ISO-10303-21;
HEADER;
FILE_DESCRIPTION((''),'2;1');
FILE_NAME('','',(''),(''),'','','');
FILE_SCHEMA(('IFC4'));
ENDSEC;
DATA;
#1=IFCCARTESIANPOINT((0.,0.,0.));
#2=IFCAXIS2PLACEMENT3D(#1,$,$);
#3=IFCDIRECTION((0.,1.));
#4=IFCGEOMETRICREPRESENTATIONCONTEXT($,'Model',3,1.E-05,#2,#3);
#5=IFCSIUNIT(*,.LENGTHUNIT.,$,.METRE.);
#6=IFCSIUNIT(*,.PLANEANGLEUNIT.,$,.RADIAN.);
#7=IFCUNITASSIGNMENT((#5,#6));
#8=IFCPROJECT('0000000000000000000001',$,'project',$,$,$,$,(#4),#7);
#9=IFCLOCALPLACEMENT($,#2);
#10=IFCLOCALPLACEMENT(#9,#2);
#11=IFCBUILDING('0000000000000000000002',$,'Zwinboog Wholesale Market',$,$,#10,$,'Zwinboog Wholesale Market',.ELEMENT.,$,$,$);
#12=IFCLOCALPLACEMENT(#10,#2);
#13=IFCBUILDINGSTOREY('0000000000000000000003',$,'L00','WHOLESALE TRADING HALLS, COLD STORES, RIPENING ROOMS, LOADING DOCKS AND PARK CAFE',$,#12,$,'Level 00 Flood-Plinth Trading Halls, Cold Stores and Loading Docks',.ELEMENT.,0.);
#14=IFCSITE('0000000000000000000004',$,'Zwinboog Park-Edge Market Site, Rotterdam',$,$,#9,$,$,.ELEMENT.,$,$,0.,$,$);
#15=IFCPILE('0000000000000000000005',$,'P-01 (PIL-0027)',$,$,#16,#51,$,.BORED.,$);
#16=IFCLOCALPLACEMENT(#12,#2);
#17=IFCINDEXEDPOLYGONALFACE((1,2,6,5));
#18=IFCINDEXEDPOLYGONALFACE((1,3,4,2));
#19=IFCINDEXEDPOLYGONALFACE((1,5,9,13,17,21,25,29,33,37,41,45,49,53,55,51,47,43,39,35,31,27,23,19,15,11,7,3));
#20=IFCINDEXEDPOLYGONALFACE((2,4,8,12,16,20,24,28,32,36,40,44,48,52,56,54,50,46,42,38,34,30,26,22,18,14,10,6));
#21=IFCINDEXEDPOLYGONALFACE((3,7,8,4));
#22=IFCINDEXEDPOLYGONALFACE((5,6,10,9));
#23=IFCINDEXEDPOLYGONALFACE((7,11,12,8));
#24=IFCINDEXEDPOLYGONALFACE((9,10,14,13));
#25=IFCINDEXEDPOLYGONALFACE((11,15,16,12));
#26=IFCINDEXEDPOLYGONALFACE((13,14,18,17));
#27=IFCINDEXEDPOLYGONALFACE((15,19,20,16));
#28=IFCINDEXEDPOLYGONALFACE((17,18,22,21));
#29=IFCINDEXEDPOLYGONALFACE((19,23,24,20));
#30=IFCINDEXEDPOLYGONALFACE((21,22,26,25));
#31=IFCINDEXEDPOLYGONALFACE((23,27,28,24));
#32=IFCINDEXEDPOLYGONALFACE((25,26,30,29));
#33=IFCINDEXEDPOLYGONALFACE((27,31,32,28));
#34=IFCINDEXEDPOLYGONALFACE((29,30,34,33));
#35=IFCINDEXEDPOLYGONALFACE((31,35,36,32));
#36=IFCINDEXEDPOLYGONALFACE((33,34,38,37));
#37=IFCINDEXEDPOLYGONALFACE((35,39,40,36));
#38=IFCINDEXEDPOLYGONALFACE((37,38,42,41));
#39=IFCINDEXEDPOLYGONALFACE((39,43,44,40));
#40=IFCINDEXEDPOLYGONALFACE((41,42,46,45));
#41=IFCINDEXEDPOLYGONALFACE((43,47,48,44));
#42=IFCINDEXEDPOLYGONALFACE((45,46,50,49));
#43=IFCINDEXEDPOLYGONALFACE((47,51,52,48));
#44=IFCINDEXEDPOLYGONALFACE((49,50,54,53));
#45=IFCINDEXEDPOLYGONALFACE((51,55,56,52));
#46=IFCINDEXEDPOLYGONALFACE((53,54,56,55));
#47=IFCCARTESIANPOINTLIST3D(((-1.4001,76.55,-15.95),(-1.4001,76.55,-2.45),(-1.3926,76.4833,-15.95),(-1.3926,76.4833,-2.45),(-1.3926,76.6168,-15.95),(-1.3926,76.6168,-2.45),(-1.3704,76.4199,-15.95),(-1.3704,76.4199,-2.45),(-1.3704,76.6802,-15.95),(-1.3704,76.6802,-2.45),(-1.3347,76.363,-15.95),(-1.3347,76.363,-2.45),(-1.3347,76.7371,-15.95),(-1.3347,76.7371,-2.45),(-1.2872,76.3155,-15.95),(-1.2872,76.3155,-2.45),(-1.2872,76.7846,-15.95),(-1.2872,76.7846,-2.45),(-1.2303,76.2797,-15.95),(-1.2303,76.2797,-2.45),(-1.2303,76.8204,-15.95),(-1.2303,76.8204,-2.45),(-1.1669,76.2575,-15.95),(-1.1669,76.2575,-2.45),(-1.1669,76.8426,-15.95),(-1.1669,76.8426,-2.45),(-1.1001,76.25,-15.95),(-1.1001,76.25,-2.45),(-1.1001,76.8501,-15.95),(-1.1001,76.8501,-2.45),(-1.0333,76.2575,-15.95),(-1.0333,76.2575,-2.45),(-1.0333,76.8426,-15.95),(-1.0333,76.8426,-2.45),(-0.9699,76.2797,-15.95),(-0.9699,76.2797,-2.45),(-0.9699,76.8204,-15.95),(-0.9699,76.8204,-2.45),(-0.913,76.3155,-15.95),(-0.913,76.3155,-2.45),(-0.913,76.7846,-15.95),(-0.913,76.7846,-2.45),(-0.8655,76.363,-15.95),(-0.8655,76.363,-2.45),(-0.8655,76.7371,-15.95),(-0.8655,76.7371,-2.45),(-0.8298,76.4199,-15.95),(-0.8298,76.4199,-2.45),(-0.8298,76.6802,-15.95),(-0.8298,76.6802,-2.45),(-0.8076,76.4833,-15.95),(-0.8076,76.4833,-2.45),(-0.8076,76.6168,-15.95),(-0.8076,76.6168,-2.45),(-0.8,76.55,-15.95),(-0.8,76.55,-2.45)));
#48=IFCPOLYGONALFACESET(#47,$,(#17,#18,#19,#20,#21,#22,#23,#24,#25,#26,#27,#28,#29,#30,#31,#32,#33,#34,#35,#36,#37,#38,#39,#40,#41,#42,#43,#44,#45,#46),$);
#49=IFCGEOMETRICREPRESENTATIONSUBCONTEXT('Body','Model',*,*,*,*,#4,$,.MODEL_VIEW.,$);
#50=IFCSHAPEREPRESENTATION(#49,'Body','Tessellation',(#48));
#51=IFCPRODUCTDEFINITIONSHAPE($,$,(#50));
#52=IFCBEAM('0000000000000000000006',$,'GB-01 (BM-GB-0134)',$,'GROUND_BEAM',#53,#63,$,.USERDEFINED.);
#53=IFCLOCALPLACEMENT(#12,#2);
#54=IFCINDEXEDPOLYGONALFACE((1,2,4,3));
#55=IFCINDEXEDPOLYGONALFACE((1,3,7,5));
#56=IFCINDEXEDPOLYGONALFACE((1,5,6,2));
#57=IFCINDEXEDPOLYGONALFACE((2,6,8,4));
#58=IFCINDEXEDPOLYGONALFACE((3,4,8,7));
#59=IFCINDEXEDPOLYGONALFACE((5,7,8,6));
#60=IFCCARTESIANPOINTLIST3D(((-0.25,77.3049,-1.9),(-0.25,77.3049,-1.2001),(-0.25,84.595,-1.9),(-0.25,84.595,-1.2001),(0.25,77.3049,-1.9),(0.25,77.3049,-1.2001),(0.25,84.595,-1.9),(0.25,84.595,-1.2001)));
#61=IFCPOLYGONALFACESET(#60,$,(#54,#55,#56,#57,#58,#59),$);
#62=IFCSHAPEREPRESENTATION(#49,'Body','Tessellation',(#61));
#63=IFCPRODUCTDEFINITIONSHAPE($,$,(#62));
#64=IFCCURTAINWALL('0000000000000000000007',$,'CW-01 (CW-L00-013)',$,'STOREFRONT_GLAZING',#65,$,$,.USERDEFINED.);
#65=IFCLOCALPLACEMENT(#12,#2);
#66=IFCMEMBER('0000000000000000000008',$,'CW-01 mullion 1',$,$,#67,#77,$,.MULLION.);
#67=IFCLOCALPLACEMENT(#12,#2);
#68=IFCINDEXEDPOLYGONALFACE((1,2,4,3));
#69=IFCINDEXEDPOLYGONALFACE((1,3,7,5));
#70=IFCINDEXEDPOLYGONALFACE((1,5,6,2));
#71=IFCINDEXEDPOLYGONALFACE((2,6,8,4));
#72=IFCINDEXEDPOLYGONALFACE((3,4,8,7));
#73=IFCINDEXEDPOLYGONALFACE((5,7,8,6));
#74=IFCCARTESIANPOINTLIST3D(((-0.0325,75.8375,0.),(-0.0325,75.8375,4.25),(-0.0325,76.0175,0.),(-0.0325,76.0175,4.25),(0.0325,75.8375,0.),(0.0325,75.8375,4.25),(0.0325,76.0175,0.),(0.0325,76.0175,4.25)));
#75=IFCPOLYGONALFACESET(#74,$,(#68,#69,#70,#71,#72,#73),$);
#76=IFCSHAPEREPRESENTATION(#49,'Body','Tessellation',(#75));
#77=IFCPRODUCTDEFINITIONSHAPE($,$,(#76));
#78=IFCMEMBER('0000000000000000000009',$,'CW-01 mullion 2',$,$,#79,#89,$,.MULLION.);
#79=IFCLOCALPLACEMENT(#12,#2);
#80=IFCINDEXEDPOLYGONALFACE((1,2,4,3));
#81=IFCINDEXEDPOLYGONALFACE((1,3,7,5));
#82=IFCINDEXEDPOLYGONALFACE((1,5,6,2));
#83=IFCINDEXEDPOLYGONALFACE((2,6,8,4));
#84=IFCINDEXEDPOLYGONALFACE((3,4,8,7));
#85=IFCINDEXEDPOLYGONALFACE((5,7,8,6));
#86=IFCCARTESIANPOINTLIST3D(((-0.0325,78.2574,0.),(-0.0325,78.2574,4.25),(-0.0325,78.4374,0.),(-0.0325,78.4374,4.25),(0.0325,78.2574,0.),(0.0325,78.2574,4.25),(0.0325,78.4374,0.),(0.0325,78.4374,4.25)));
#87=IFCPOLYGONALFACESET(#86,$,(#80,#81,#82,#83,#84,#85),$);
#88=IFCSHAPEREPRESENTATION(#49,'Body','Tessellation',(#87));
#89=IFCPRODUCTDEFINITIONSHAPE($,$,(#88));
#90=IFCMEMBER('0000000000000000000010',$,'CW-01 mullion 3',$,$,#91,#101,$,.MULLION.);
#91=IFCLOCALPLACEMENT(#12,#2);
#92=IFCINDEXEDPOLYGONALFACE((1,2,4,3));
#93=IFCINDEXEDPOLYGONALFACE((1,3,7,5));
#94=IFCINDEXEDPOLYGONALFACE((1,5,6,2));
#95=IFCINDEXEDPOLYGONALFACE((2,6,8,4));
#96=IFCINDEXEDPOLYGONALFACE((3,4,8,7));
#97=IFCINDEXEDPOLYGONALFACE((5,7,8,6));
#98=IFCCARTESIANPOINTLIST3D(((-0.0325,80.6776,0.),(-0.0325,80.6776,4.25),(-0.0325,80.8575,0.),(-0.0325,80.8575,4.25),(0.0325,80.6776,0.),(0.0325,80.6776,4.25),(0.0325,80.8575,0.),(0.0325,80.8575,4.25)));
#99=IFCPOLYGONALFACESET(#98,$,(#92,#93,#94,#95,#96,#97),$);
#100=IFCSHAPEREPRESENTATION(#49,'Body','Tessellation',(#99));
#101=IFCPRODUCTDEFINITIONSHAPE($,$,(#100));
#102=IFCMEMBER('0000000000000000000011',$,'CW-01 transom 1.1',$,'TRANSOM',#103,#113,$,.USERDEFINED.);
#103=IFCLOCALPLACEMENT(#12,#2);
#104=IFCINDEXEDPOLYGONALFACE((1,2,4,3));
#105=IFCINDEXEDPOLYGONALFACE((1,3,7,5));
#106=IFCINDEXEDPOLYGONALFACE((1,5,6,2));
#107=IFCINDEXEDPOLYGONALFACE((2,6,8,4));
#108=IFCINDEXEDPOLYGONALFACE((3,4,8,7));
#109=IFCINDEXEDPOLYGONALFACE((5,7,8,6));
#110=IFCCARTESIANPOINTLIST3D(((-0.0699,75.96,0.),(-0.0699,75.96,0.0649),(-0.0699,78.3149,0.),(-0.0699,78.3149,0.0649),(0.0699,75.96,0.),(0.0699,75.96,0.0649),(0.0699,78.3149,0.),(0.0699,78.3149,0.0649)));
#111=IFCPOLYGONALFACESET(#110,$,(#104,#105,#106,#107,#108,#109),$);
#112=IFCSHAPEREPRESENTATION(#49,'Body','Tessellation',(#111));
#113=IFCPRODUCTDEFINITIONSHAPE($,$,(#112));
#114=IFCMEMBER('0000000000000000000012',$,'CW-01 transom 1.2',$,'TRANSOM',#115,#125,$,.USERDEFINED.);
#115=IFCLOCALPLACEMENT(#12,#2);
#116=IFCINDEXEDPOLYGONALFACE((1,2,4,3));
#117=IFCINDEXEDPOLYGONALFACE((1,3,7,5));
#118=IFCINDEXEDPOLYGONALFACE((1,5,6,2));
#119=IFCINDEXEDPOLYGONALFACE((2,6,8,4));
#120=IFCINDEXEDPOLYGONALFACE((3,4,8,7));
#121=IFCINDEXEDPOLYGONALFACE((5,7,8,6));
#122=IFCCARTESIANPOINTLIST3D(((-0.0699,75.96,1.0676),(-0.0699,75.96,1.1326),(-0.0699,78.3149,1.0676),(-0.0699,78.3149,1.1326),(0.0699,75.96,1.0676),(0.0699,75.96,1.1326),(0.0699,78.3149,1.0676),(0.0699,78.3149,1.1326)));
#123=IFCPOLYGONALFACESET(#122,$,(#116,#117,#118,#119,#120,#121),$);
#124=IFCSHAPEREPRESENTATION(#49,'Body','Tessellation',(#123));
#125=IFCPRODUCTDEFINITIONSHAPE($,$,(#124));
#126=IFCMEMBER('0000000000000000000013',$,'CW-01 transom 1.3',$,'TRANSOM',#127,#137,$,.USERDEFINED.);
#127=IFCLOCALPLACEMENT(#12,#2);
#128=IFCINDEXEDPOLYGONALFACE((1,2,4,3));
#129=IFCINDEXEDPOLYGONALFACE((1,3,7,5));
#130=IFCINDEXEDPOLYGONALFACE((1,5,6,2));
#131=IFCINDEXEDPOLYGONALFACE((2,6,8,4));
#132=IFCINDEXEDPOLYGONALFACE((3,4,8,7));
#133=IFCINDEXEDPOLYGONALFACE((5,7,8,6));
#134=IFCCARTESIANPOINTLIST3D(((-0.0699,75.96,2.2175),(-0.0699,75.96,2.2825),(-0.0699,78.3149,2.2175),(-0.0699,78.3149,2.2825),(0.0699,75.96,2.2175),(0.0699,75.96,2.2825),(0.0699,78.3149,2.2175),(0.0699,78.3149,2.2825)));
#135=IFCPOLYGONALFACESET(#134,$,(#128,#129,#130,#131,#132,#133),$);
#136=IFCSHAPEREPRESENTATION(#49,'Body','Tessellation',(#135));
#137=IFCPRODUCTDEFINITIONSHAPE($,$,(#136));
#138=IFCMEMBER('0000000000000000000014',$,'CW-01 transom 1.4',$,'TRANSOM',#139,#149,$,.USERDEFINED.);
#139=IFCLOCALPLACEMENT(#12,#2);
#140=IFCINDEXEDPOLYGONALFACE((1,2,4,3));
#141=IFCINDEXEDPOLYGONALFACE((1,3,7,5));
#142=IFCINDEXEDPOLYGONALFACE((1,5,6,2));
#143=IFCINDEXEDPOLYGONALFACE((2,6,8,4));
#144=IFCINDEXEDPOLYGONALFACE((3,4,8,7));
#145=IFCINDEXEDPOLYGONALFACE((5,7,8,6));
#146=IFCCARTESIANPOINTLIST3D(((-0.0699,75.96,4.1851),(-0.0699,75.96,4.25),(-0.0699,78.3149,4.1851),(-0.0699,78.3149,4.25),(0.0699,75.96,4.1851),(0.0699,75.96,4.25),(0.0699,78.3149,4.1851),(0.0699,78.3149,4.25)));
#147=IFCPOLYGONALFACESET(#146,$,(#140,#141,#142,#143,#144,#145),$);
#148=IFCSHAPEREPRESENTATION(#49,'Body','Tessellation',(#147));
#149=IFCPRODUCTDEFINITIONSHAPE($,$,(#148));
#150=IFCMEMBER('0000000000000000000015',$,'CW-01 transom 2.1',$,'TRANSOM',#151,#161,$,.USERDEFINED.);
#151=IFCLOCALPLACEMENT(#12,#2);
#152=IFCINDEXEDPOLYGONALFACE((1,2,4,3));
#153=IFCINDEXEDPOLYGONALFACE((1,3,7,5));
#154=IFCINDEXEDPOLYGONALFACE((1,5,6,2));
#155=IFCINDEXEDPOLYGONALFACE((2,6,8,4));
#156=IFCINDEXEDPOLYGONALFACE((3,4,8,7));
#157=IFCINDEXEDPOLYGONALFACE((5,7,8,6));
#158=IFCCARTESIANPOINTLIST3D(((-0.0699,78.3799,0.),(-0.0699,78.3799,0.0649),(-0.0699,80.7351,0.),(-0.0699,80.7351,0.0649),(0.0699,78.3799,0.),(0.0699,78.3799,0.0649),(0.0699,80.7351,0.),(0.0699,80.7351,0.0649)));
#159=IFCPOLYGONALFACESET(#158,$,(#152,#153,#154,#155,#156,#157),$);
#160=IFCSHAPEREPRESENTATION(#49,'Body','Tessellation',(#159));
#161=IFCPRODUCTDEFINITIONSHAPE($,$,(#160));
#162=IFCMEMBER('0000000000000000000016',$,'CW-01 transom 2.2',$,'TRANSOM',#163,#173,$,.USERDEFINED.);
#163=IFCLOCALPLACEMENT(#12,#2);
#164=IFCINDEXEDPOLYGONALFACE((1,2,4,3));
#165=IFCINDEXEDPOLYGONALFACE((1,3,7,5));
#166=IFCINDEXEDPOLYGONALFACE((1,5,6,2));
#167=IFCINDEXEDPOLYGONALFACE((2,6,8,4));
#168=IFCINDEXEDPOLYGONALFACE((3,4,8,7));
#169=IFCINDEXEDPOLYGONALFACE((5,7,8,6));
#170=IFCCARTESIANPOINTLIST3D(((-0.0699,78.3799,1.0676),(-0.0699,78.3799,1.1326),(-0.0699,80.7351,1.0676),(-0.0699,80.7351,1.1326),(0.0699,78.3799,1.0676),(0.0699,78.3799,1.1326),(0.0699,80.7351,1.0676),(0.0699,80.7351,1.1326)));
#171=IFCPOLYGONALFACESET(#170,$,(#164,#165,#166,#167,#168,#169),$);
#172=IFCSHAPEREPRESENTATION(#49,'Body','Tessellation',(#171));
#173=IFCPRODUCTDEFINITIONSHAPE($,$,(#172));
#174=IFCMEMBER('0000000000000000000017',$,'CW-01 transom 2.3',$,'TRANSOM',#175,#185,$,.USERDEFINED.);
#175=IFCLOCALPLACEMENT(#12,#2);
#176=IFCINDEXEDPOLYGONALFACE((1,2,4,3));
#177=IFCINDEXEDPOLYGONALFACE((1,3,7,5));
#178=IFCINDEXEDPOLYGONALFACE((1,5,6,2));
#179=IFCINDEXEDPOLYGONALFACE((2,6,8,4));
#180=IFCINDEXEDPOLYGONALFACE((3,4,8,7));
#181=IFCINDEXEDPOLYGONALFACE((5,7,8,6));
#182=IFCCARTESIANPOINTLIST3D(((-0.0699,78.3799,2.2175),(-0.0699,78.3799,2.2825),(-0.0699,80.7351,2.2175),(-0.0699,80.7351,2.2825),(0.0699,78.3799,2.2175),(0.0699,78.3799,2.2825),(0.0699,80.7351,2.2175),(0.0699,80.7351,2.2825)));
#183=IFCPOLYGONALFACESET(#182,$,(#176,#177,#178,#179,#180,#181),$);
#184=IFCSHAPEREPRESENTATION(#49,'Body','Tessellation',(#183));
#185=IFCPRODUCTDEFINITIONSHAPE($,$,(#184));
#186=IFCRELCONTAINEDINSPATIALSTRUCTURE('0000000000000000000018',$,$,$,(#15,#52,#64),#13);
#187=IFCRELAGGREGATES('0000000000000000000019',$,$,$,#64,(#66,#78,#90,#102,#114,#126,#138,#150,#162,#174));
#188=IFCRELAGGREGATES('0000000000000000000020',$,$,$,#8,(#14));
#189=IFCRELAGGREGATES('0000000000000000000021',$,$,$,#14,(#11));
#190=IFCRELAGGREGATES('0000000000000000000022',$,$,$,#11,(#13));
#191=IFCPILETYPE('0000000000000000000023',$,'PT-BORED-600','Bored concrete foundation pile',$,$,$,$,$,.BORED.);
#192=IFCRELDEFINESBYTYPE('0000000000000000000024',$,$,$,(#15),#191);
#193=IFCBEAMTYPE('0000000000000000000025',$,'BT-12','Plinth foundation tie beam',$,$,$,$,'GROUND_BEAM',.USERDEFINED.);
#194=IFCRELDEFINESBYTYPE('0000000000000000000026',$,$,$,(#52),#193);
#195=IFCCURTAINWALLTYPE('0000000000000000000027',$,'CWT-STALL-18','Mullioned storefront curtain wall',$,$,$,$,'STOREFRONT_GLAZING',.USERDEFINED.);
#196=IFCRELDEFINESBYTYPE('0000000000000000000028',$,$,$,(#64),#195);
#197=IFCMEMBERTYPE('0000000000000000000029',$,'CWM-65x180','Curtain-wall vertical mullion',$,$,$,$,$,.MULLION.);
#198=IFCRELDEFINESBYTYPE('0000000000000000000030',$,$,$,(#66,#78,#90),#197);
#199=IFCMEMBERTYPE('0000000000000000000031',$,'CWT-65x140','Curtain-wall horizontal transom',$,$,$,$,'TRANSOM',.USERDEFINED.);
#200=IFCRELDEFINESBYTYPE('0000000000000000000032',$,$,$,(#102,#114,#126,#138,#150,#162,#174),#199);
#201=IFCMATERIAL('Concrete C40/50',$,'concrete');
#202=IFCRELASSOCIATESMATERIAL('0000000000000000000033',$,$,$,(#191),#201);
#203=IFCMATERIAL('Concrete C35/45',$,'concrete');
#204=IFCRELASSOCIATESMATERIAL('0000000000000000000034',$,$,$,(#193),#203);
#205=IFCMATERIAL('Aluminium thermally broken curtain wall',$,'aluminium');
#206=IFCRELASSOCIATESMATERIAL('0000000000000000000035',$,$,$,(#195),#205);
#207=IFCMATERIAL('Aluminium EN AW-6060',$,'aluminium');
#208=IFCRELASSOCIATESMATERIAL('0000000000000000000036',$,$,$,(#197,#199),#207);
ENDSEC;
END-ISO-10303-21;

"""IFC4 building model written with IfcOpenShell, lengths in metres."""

from ifc_helpers import new_model, si_unit, direction, frame, origin, origin_2d, place, context, subcontext, project, spatial, rectangle, circle, extrude, material, material_profile, profile_set, type_object, element, aggregate, save


model = new_model("IFC4")

# Units and contexts
model_context = context("Model", 3, precision=1e-05, world=origin(), true_north=direction((0.0, 1.0)))
body_context = subcontext(model_context, "Body", "Model", "MODEL_VIEW")
ifc_project = project(units=[si_unit("LENGTHUNIT", "METRE"), si_unit("PLANEANGLEUNIT", "RADIAN")], contexts=[model_context])

# Site, building, storey
site_placement = place(None, origin())
site = spatial("IfcSite", under=ifc_project, at=site_placement, Name="Zwinboog Park-Edge Market Site, Rotterdam", CompositionType="ELEMENT", RefElevation=0.0)
building_placement = place(site_placement, origin())
building = spatial("IfcBuilding", under=site, at=building_placement, Name="Zwinboog Wholesale Market", LongName="Zwinboog Wholesale Market", CompositionType="ELEMENT")
storey_placement = place(building_placement, origin())
storey = spatial("IfcBuildingStorey", under=building, at=storey_placement, Name="L00", Description="WHOLESALE TRADING HALLS, COLD STORES, RIPENING ROOMS, LOADING DOCKS AND PARK CAFE", LongName="Level 00 Flood-Plinth Trading Halls, Cold Stores and Loading Docks", CompositionType="ELEMENT", Elevation=0.0)

# Pile
ifc_material_1 = material(Name="Concrete C40/50", Category="concrete")
ifc_material_profile_1 = material_profile(ifc_material_1, circle(Radius=0.3, at=origin_2d()), Name="PILE D600")
ifc_profile_set_1 = profile_set([ifc_material_profile_1], Name="Concrete C40/50")
pile_type = type_object("IfcPileType", Name="PT-BORED-600", Description="Bored concrete foundation pile", PredefinedType="BORED", material=ifc_profile_set_1)
pile_placement = place(storey_placement, frame((-1.1001, 76.55, -2.45), z_axis=(0.0, 0.0, -1.0), x_axis=(1.0, 0.0, 0.0)))
element("IfcPile", 1, at=pile_placement, inside=storey, type_object=pile_type, Name="P-01 (PIL-0027)", PredefinedType="BORED", context=body_context, shape_type="SweptSolid", body=[
    extrude(circle(Radius=0.3, at=origin_2d()), origin(), (0.0, 0.0, 1.0), 13.5),
])

# Beam
ifc_material_2 = material(Name="Concrete C35/45", Category="concrete")
ifc_material_profile_2 = material_profile(ifc_material_2, rectangle(XDim=0.5, YDim=0.7, at=origin_2d()), Name="RC 500x700")
ifc_profile_set_2 = profile_set([ifc_material_profile_2], Name="Concrete C35/45")
beam_type = type_object("IfcBeamType", Name="BT-12", Description="Plinth foundation tie beam", ElementType="GROUND_BEAM", PredefinedType="USERDEFINED", material=ifc_profile_set_2)
beam_placement = place(storey_placement, frame((0.0, 77.3049, -1.55), z_axis=(0.0, 1.0, 0.0), x_axis=(-1.0, 0.0, 0.0)))
element("IfcBeam", 2, at=beam_placement, inside=storey, type_object=beam_type, Name="GB-01 (BM-GB-0134)", ObjectType="GROUND_BEAM", PredefinedType="USERDEFINED", context=body_context, shape_type="SweptSolid", body=[
    extrude(rectangle(XDim=0.5, YDim=0.7, at=origin_2d()), origin(), (0.0, 0.0, 1.0), 7.29),
])

# Curtain wall, members
ifc_material_3 = material(Name="Aluminium thermally broken curtain wall", Category="aluminium")
curtain_wall_type = type_object("IfcCurtainWallType", Name="CWT-STALL-18", Description="Mullioned storefront curtain wall", ElementType="STOREFRONT_GLAZING", PredefinedType="USERDEFINED", material=ifc_material_3)
curtain_wall_placement = place(storey_placement, origin())
curtain_wall = element("IfcCurtainWall", 3, at=curtain_wall_placement, inside=storey, type_object=curtain_wall_type, Name="CW-01 (CW-L00-013)", ObjectType="STOREFRONT_GLAZING", PredefinedType="USERDEFINED")
ifc_material_4 = material(Name="Aluminium EN AW-6060", Category="aluminium")
ifc_material_profile_3 = material_profile(ifc_material_4, rectangle(XDim=0.0649, YDim=0.1799, at=origin_2d()), Name="AL 65x180")
ifc_profile_set_3 = profile_set([ifc_material_profile_3], Name="Aluminium EN AW-6060")
member_type_1 = type_object("IfcMemberType", Name="CWM-65x180", Description="Curtain-wall vertical mullion", PredefinedType="MULLION", material=ifc_profile_set_3)
member_1_placement = place(storey_placement, frame((0.0, 75.9275, 0.0), z_axis=(0.0, 0.0, 1.0), x_axis=(-1.0, 0.0, 0.0)))
member_1 = element("IfcMember", 4, at=member_1_placement, type_object=member_type_1, Name="CW-01 mullion 1", PredefinedType="MULLION", context=body_context, shape_type="SweptSolid", body=[
    extrude(rectangle(XDim=0.0649, YDim=0.1799, at=origin_2d()), origin(), (0.0, 0.0, 1.0), 4.25),
])
member_2_placement = place(storey_placement, frame((0.0, 78.3474, 0.0), z_axis=(0.0, 0.0, 1.0), x_axis=(-1.0, 0.0, 0.0)))
member_2 = element("IfcMember", 5, at=member_2_placement, type_object=member_type_1, Name="CW-01 mullion 2", PredefinedType="MULLION", context=body_context, shape_type="SweptSolid", body=[
    extrude(rectangle(XDim=0.0649, YDim=0.1799, at=origin_2d()), origin(), (0.0, 0.0, 1.0), 4.25),
])
member_3_placement = place(storey_placement, frame((0.0, 80.7676, 0.0), z_axis=(0.0, 0.0, 1.0), x_axis=(-1.0, 0.0, 0.0)))
member_3 = element("IfcMember", 6, at=member_3_placement, type_object=member_type_1, Name="CW-01 mullion 3", PredefinedType="MULLION", context=body_context, shape_type="SweptSolid", body=[
    extrude(rectangle(XDim=0.0649, YDim=0.1799, at=origin_2d()), origin(), (0.0, 0.0, 1.0), 4.25),
])
ifc_material_profile_4 = material_profile(ifc_material_4, rectangle(XDim=0.1399, YDim=0.0649, at=origin_2d()), Name="AL 65x140")
ifc_profile_set_4 = profile_set([ifc_material_profile_4], Name="Aluminium EN AW-6060")
member_type_2 = type_object("IfcMemberType", Name="CWT-65x140", Description="Curtain-wall horizontal transom", ElementType="TRANSOM", PredefinedType="USERDEFINED", material=ifc_profile_set_4)
member_4_placement = place(storey_placement, frame((0.0, 75.96, 0.0325), z_axis=(0.0, 1.0, 0.0), x_axis=(-1.0, 0.0, 0.0)))
member_4 = element("IfcMember", 7, at=member_4_placement, type_object=member_type_2, Name="CW-01 transom 1.1", ObjectType="TRANSOM", PredefinedType="USERDEFINED", context=body_context, shape_type="SweptSolid", body=[
    extrude(rectangle(XDim=0.1399, YDim=0.0649, at=origin_2d()), origin(), (0.0, 0.0, 1.0), 2.355),
])
member_5_placement = place(storey_placement, frame((0.0, 75.96, 1.1001), z_axis=(0.0, 1.0, 0.0), x_axis=(-1.0, 0.0, 0.0)))
member_5 = element("IfcMember", 8, at=member_5_placement, type_object=member_type_2, Name="CW-01 transom 1.2", ObjectType="TRANSOM", PredefinedType="USERDEFINED", context=body_context, shape_type="SweptSolid", body=[
    extrude(rectangle(XDim=0.1399, YDim=0.0649, at=origin_2d()), origin(), (0.0, 0.0, 1.0), 2.355),
])
member_6_placement = place(storey_placement, frame((0.0, 75.96, 2.25), z_axis=(0.0, 1.0, 0.0), x_axis=(-1.0, 0.0, 0.0)))
member_6 = element("IfcMember", 9, at=member_6_placement, type_object=member_type_2, Name="CW-01 transom 1.3", ObjectType="TRANSOM", PredefinedType="USERDEFINED", context=body_context, shape_type="SweptSolid", body=[
    extrude(rectangle(XDim=0.1399, YDim=0.0649, at=origin_2d()), origin(), (0.0, 0.0, 1.0), 2.355),
])
member_7_placement = place(storey_placement, frame((0.0, 75.96, 4.2175), z_axis=(0.0, 1.0, 0.0), x_axis=(-1.0, 0.0, 0.0)))
member_7 = element("IfcMember", 10, at=member_7_placement, type_object=member_type_2, Name="CW-01 transom 1.4", ObjectType="TRANSOM", PredefinedType="USERDEFINED", context=body_context, shape_type="SweptSolid", body=[
    extrude(rectangle(XDim=0.1399, YDim=0.0649, at=origin_2d()), origin(), (0.0, 0.0, 1.0), 2.355),
])
member_8_placement = place(storey_placement, frame((0.0, 78.3799, 0.0325), z_axis=(0.0, 1.0, 0.0), x_axis=(-1.0, 0.0, 0.0)))
member_8 = element("IfcMember", 11, at=member_8_placement, type_object=member_type_2, Name="CW-01 transom 2.1", ObjectType="TRANSOM", PredefinedType="USERDEFINED", context=body_context, shape_type="SweptSolid", body=[
    extrude(rectangle(XDim=0.1399, YDim=0.0649, at=origin_2d()), origin(), (0.0, 0.0, 1.0), 2.3552),
])
member_9_placement = place(storey_placement, frame((0.0, 78.3799, 1.1001), z_axis=(0.0, 1.0, 0.0), x_axis=(-1.0, 0.0, 0.0)))
member_9 = element("IfcMember", 12, at=member_9_placement, type_object=member_type_2, Name="CW-01 transom 2.2", ObjectType="TRANSOM", PredefinedType="USERDEFINED", context=body_context, shape_type="SweptSolid", body=[
    extrude(rectangle(XDim=0.1399, YDim=0.0649, at=origin_2d()), origin(), (0.0, 0.0, 1.0), 2.3552),
])
member_10_placement = place(storey_placement, frame((0.0, 78.3799, 2.25), z_axis=(0.0, 1.0, 0.0), x_axis=(-1.0, 0.0, 0.0)))
member_10 = element("IfcMember", 13, at=member_10_placement, type_object=member_type_2, Name="CW-01 transom 2.3", ObjectType="TRANSOM", PredefinedType="USERDEFINED", context=body_context, shape_type="SweptSolid", body=[
    extrude(rectangle(XDim=0.1399, YDim=0.0649, at=origin_2d()), origin(), (0.0, 0.0, 1.0), 2.3552),
])
aggregate(curtain_wall, [member_1, member_2, member_3, member_4, member_5, member_6, member_7, member_8, member_9, member_10])

save(model, "model.ifc")
